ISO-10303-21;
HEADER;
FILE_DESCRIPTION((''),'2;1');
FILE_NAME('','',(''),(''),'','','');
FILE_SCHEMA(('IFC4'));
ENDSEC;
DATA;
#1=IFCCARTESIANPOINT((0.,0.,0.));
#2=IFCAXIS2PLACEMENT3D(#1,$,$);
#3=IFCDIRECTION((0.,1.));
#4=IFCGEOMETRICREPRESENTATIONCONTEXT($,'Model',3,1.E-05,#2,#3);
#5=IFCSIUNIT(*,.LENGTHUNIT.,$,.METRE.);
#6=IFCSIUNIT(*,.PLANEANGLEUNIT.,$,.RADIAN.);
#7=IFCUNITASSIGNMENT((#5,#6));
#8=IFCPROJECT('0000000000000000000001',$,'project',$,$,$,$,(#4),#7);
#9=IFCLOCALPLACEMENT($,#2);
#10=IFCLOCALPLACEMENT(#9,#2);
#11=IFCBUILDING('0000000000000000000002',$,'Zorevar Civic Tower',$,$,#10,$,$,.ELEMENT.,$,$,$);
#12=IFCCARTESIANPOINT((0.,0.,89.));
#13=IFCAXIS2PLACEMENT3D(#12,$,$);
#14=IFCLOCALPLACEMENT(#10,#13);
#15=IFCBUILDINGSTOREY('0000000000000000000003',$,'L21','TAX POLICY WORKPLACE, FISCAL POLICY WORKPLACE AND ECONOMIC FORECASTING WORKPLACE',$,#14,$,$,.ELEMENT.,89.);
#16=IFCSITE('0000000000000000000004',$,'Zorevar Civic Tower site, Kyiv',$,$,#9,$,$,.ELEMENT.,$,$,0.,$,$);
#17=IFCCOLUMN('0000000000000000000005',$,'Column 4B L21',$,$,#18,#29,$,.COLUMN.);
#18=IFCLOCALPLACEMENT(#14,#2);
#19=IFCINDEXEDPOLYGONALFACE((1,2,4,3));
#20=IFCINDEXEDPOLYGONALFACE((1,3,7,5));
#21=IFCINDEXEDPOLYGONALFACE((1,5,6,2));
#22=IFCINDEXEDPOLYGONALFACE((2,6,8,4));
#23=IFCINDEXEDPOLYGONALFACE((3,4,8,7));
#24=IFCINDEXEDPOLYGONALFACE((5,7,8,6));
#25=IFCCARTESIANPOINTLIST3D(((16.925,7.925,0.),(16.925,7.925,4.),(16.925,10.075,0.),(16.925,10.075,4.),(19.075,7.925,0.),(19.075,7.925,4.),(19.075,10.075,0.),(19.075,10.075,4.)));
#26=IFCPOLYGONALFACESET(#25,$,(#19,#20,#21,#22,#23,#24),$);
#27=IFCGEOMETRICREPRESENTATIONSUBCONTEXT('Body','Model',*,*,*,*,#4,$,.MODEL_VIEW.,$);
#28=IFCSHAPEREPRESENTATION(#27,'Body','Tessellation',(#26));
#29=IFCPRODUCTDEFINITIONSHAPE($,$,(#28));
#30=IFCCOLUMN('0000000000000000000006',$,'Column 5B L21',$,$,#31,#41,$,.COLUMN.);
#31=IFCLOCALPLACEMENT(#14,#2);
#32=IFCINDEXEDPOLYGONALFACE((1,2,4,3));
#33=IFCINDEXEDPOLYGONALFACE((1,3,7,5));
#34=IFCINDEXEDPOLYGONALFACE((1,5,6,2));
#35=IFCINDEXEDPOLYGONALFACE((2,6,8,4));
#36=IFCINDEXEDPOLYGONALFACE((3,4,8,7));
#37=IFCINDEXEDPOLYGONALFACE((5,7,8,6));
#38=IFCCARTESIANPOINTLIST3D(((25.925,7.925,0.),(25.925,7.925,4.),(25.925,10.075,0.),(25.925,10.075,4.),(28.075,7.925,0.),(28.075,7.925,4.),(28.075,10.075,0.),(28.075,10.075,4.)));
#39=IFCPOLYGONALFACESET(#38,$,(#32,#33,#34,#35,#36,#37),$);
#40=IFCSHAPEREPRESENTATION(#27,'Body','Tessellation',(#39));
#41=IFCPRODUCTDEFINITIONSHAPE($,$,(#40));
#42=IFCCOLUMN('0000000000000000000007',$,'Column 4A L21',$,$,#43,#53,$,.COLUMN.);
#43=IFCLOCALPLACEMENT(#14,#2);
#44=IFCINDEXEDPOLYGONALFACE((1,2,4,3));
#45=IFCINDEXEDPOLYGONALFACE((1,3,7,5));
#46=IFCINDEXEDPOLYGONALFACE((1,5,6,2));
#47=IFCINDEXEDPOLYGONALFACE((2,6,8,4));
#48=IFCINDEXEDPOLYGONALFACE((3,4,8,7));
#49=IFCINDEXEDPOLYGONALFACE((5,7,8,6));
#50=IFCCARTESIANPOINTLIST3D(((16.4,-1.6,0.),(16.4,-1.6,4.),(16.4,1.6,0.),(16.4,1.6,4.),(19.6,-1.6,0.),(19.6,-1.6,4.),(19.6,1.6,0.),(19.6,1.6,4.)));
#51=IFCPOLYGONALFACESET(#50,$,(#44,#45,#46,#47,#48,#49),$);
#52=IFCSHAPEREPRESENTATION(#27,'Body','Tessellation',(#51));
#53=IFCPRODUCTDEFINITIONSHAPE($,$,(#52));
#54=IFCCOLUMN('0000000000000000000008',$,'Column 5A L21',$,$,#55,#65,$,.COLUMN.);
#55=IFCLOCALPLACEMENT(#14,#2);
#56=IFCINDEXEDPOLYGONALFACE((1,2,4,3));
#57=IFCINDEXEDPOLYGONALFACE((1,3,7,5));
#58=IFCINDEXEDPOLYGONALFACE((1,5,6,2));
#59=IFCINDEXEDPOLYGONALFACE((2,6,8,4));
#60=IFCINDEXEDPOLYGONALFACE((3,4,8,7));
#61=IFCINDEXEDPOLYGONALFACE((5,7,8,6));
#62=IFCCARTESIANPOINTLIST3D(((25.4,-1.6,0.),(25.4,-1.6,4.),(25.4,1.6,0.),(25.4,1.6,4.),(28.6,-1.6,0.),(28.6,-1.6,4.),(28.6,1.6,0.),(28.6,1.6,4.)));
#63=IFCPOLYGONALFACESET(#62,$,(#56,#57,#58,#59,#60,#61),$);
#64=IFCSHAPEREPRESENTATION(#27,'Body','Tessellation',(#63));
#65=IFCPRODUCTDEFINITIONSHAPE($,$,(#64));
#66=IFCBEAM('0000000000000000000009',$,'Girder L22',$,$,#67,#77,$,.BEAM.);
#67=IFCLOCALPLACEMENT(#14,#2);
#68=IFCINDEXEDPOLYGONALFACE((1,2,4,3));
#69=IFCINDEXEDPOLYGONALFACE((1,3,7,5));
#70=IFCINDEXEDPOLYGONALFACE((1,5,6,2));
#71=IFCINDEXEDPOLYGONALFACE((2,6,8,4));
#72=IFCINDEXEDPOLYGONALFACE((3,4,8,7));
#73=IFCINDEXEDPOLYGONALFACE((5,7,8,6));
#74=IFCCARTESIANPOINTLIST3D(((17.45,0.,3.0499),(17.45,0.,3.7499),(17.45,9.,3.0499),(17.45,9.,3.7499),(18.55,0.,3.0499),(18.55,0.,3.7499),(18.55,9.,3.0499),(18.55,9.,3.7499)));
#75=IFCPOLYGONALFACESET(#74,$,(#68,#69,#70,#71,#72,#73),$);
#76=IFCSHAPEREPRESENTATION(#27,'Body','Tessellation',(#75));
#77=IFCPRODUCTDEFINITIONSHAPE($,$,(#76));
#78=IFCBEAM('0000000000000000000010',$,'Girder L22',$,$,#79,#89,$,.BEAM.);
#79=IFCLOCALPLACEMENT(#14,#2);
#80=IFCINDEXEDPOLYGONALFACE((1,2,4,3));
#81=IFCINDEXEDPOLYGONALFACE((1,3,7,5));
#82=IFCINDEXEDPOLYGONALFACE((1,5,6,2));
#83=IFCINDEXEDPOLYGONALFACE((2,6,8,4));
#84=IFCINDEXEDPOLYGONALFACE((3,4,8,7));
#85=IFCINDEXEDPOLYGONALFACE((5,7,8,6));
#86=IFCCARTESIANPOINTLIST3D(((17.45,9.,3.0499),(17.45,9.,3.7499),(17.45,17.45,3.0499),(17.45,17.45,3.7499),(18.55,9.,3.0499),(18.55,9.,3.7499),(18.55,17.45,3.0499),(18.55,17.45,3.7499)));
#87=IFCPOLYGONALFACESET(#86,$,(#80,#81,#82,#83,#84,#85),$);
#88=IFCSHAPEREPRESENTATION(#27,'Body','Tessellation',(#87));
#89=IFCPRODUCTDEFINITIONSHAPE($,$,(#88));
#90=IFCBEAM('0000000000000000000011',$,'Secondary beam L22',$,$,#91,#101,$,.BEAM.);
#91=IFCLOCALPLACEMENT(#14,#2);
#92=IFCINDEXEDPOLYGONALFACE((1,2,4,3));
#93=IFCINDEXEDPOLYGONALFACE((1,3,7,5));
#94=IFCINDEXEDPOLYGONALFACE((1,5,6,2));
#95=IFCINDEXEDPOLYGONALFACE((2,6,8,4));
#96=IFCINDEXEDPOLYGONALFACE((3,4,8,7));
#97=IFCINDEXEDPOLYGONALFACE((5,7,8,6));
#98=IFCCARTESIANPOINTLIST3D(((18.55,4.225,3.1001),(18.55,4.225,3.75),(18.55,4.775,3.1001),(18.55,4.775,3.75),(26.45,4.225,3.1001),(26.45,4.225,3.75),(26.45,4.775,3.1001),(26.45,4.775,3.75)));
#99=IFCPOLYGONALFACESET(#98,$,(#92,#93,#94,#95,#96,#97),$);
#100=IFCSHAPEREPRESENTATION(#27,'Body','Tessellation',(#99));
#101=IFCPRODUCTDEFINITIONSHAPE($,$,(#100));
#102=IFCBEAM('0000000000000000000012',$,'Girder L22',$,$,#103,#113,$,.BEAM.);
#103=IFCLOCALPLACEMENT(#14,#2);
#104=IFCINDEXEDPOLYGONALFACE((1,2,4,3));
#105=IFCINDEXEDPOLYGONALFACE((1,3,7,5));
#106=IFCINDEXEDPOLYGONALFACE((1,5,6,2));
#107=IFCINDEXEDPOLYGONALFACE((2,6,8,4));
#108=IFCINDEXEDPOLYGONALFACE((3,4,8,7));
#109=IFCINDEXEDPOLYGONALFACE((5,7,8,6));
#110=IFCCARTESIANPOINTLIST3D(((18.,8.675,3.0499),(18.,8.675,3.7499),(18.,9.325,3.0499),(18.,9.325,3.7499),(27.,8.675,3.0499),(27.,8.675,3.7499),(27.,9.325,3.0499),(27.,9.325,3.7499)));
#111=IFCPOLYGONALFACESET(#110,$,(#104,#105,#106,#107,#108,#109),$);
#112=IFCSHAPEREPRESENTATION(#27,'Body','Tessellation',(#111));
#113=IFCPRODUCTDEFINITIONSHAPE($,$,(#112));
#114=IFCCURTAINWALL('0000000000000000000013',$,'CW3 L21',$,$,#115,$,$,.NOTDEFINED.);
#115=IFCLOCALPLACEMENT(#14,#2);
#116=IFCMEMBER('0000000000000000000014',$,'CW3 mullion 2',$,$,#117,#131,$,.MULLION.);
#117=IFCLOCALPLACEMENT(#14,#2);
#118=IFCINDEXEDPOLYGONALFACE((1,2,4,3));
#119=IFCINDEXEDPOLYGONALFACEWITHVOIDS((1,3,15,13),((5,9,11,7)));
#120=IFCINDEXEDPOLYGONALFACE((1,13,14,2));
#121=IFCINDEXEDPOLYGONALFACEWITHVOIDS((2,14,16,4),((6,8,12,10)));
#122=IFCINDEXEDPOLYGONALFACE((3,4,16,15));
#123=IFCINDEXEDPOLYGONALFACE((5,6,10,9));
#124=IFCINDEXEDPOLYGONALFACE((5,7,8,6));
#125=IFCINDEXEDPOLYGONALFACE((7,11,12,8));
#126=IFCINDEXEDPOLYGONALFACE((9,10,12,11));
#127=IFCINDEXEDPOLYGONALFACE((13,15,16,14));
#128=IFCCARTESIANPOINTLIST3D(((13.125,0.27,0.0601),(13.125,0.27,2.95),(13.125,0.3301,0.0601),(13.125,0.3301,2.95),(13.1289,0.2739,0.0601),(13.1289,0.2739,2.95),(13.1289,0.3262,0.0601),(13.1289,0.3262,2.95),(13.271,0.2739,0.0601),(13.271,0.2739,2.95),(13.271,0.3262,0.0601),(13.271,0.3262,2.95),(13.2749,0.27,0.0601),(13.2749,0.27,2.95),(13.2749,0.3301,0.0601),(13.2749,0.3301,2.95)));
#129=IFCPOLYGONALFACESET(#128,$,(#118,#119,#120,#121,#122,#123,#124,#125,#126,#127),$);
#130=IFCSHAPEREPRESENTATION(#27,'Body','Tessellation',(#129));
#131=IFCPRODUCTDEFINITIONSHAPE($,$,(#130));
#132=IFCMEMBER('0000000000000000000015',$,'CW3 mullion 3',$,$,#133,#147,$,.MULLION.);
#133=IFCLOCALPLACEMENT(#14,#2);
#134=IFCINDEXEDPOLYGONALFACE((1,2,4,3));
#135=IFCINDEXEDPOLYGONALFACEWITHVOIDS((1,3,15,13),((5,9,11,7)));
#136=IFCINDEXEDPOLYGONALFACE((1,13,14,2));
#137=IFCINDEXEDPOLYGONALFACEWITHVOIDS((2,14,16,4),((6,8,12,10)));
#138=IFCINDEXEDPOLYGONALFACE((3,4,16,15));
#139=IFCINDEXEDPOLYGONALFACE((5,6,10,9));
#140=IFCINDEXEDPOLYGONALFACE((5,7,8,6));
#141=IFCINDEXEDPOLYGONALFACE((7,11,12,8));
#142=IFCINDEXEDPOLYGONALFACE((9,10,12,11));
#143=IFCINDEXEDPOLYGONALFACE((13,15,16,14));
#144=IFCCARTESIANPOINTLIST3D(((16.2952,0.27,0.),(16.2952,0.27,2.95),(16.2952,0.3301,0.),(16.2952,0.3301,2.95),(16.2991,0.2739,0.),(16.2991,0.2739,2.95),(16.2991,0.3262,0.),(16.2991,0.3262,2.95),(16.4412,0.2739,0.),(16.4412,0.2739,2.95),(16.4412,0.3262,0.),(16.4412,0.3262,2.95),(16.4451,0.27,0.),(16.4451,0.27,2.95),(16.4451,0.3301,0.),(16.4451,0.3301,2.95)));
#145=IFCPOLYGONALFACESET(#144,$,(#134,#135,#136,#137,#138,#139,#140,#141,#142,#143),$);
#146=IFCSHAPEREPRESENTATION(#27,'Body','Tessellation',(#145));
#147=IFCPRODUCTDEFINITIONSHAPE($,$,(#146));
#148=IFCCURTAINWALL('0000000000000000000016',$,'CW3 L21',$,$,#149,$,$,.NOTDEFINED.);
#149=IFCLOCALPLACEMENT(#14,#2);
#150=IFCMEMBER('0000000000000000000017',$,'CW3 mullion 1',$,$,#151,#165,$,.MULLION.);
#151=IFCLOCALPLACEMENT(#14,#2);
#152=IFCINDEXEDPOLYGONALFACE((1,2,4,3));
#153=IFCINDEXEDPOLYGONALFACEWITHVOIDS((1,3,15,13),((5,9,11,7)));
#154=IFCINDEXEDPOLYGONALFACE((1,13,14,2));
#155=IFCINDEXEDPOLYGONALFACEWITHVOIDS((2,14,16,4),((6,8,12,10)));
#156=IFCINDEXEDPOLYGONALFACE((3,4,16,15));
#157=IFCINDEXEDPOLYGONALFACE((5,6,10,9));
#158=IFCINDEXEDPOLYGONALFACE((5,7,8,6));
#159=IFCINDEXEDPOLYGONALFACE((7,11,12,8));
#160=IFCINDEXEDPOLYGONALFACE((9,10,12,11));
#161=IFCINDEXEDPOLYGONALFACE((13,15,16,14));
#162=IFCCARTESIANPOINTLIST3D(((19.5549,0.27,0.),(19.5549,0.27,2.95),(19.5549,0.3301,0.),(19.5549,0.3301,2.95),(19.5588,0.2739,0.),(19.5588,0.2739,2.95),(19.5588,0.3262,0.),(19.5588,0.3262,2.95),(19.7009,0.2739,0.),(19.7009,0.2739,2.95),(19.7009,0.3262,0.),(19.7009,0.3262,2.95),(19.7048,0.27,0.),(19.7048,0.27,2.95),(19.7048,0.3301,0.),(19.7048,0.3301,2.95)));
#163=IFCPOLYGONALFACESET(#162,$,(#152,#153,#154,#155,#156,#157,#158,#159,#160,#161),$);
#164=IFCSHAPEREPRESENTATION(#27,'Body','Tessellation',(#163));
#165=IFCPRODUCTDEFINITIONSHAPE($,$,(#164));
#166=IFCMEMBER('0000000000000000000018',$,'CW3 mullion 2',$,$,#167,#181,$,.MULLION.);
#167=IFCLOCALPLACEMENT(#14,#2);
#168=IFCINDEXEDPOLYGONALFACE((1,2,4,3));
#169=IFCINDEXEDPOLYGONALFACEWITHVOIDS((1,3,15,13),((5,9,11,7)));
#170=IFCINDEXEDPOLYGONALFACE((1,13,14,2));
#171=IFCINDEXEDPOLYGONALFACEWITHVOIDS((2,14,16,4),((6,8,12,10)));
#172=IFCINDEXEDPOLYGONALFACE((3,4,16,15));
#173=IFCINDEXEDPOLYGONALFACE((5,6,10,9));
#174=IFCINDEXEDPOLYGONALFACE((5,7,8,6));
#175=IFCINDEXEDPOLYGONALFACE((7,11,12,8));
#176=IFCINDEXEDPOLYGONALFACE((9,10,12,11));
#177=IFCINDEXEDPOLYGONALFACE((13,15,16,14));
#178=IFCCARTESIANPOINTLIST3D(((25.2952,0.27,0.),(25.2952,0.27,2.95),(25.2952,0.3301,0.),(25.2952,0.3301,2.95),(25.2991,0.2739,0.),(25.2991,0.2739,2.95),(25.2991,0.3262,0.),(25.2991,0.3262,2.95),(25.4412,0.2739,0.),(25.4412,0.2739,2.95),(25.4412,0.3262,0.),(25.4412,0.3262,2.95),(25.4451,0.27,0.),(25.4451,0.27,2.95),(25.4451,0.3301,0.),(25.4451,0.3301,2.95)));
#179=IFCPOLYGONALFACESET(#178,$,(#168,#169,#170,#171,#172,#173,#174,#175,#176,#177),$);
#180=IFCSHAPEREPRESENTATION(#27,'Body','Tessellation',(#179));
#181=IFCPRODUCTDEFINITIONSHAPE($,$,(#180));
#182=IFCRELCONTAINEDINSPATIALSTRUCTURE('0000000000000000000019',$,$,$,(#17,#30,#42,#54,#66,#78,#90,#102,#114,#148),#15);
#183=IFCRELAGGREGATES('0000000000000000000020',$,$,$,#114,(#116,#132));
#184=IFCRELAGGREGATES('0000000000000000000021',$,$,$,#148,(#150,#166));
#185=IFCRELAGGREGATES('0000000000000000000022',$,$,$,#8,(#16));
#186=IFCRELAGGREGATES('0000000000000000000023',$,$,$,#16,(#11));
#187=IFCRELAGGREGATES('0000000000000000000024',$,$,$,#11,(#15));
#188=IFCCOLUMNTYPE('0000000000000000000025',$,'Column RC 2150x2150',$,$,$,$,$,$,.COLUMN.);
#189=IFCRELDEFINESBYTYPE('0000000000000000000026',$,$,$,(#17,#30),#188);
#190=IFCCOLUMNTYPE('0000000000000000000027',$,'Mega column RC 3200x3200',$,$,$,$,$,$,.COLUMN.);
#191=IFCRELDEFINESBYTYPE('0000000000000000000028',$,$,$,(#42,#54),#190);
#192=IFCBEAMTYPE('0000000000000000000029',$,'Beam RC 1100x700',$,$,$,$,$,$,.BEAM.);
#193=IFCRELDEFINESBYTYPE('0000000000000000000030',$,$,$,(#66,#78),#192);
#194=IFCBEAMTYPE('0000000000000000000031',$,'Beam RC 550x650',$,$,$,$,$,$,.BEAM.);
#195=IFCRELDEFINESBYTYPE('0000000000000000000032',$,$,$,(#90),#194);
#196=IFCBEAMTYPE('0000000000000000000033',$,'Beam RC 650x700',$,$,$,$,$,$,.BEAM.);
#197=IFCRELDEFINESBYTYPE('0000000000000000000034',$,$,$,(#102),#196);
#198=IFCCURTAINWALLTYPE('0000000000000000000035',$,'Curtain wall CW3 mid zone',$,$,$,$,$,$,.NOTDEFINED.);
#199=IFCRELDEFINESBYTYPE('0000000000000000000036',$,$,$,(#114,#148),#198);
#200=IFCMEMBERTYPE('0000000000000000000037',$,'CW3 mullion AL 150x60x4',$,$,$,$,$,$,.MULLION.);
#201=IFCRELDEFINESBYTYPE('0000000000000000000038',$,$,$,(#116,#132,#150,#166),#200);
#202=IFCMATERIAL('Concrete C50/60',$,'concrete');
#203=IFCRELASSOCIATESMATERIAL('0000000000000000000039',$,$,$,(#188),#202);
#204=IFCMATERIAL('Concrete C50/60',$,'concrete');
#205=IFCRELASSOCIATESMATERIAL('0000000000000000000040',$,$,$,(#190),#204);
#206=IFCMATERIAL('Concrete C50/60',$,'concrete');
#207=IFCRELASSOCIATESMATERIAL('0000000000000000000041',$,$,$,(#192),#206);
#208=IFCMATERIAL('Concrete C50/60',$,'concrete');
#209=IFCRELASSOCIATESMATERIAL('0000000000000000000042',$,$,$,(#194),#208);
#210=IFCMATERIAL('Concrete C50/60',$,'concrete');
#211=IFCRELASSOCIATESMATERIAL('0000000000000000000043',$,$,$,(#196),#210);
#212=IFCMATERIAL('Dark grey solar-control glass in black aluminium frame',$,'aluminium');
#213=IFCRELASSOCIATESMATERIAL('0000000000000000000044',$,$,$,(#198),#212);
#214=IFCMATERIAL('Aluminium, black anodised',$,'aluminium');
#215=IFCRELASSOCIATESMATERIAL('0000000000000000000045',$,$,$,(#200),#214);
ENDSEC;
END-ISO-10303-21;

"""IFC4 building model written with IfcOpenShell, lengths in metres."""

from ifc_helpers import new_model, si_unit, direction, frame, origin, origin_2d, place, context, subcontext, project, spatial, rectangle, hollow_rectangle, extrude, material, material_profile, profile_set, type_object, element, aggregate, save


model = new_model("IFC4")

# Units and contexts
model_context = context("Model", 3, precision=1e-05, world=origin(), true_north=direction((0.0, 1.0)))
body_context = subcontext(model_context, "Body", "Model", "MODEL_VIEW")
ifc_project = project(units=[si_unit("LENGTHUNIT", "METRE"), si_unit("PLANEANGLEUNIT", "RADIAN")], contexts=[model_context])

# Site, building, storey
site_placement = place(None, origin())
site = spatial("IfcSite", under=ifc_project, at=site_placement, Name="Zorevar Civic Tower site, Kyiv", CompositionType="ELEMENT", RefElevation=0.0)
building_placement = place(site_placement, origin())
building = spatial("IfcBuilding", under=site, at=building_placement, Name="Zorevar Civic Tower", CompositionType="ELEMENT")
storey_placement = place(building_placement, frame((0.0, 0.0, 89.0)))
storey = spatial("IfcBuildingStorey", under=building, at=storey_placement, Name="L21", Description="TAX POLICY WORKPLACE, FISCAL POLICY WORKPLACE AND ECONOMIC FORECASTING WORKPLACE", CompositionType="ELEMENT", Elevation=89.0)

# Columns
ifc_material_1 = material(Name="Concrete C50/60", Category="concrete")
ifc_material_profile_1 = material_profile(ifc_material_1, rectangle(XDim=2.1499, YDim=2.1499, at=origin_2d()), Name="RC 2150x2150")
ifc_profile_set_1 = profile_set([ifc_material_profile_1], Name="Concrete C50/60")
column_type_1 = type_object("IfcColumnType", Name="Column RC 2150x2150", PredefinedType="COLUMN", material=ifc_profile_set_1)
for number, where, z_axis, x_axis, name in (
    (1, (18.0, 9.0, 0.0), (0.0, 0.0, 1.0), (1.0, 0.0, 0.0), "Column 4B L21"),
    (2, (27.0, 9.0, 0.0), (0.0, 0.0, 1.0), (1.0, 0.0, 0.0), "Column 5B L21"),
):
    element("IfcColumn", number, at=place(storey_placement, frame(where, z_axis=z_axis, x_axis=x_axis)), inside=storey, type_object=column_type_1, Name=name, PredefinedType="COLUMN", context=body_context, shape_type="SweptSolid", body=[
        extrude(rectangle(XDim=2.1499, YDim=2.1499, at=origin_2d()), origin(), (0.0, 0.0, 1.0), 4.0),
    ])
ifc_material_2 = material(Name="Concrete C50/60", Category="concrete")
ifc_material_profile_2 = material_profile(ifc_material_2, rectangle(XDim=3.2, YDim=3.2, at=origin_2d()), Name="RC 3200x3200")
ifc_profile_set_2 = profile_set([ifc_material_profile_2], Name="Concrete C50/60")
column_type_2 = type_object("IfcColumnType", Name="Mega column RC 3200x3200", PredefinedType="COLUMN", material=ifc_profile_set_2)
for number, where, z_axis, x_axis, name in (
    (3, (18.0, 0.0, 0.0), (0.0, 0.0, 1.0), (1.0, 0.0, 0.0), "Column 4A L21"),
    (4, (27.0, 0.0, 0.0), (0.0, 0.0, 1.0), (1.0, 0.0, 0.0), "Column 5A L21"),
):
    element("IfcColumn", number, at=place(storey_placement, frame(where, z_axis=z_axis, x_axis=x_axis)), inside=storey, type_object=column_type_2, Name=name, PredefinedType="COLUMN", context=body_context, shape_type="SweptSolid", body=[
        extrude(rectangle(XDim=3.2, YDim=3.2, at=origin_2d()), origin(), (0.0, 0.0, 1.0), 4.0),
    ])

# Beams
ifc_material_3 = material(Name="Concrete C50/60", Category="concrete")
ifc_material_profile_3 = material_profile(ifc_material_3, rectangle(XDim=1.1001, YDim=0.7, at=origin_2d()), Name="RC 1100x700")
ifc_profile_set_3 = profile_set([ifc_material_profile_3], Name="Concrete C50/60")
beam_type_1 = type_object("IfcBeamType", Name="Beam RC 1100x700", PredefinedType="BEAM", material=ifc_profile_set_3)
beam_1_placement = place(storey_placement, frame((18.0, 0.0, 3.3999), z_axis=(0.0, 1.0, 0.0), x_axis=(-1.0, 0.0, 0.0)))
element("IfcBeam", 5, at=beam_1_placement, inside=storey, type_object=beam_type_1, Name="Girder L22", PredefinedType="BEAM", context=body_context, shape_type="SweptSolid", body=[
    extrude(rectangle(XDim=1.1001, YDim=0.7, at=origin_2d()), origin(), (0.0, 0.0, 1.0), 9.0),
])
beam_2_placement = place(storey_placement, frame((18.0, 9.0, 3.3999), z_axis=(0.0, 1.0, 0.0), x_axis=(-1.0, 0.0, 0.0)))
element("IfcBeam", 6, at=beam_2_placement, inside=storey, type_object=beam_type_1, Name="Girder L22", PredefinedType="BEAM", context=body_context, shape_type="SweptSolid", body=[
    extrude(rectangle(XDim=1.1001, YDim=0.7, at=origin_2d()), origin(), (0.0, 0.0, 1.0), 8.45),
])
ifc_material_4 = material(Name="Concrete C50/60", Category="concrete")
ifc_material_profile_4 = material_profile(ifc_material_4, rectangle(XDim=0.55, YDim=0.6499, at=origin_2d()), Name="RC 550x650")
ifc_profile_set_4 = profile_set([ifc_material_profile_4], Name="Concrete C50/60")
beam_type_2 = type_object("IfcBeamType", Name="Beam RC 550x650", PredefinedType="BEAM", material=ifc_profile_set_4)
beam_3_placement = place(storey_placement, frame((18.55, 4.5, 3.425), z_axis=(1.0, 0.0, 0.0), x_axis=(0.0, 1.0, 0.0)))
element("IfcBeam", 7, at=beam_3_placement, inside=storey, type_object=beam_type_2, Name="Secondary beam L22", PredefinedType="BEAM", context=body_context, shape_type="SweptSolid", body=[
    extrude(rectangle(XDim=0.55, YDim=0.6499, at=origin_2d()), origin(), (0.0, 0.0, 1.0), 7.8999),
])
ifc_material_5 = material(Name="Concrete C50/60", Category="concrete")
ifc_material_profile_5 = material_profile(ifc_material_5, rectangle(XDim=0.6499, YDim=0.7, at=origin_2d()), Name="RC 650x700")
ifc_profile_set_5 = profile_set([ifc_material_profile_5], Name="Concrete C50/60")
beam_type_3 = type_object("IfcBeamType", Name="Beam RC 650x700", PredefinedType="BEAM", material=ifc_profile_set_5)
beam_4_placement = place(storey_placement, frame((18.0, 9.0, 3.3999), z_axis=(1.0, 0.0, 0.0), x_axis=(0.0, 1.0, 0.0)))
element("IfcBeam", 8, at=beam_4_placement, inside=storey, type_object=beam_type_3, Name="Girder L22", PredefinedType="BEAM", context=body_context, shape_type="SweptSolid", body=[
    extrude(rectangle(XDim=0.6499, YDim=0.7, at=origin_2d()), origin(), (0.0, 0.0, 1.0), 9.0),
])

# Curtain walls, members
ifc_material_6 = material(Name="Dark grey solar-control glass in black aluminium frame", Category="aluminium")
curtain_wall_type = type_object("IfcCurtainWallType", Name="Curtain wall CW3 mid zone", PredefinedType="NOTDEFINED", material=ifc_material_6)
curtain_wall_1_placement = place(storey_placement, origin())
curtain_wall_1 = element("IfcCurtainWall", 9, at=curtain_wall_1_placement, inside=storey, type_object=curtain_wall_type, Name="CW3 L21", PredefinedType="NOTDEFINED")
ifc_material_7 = material(Name="Aluminium, black anodised", Category="aluminium")
ifc_material_profile_6 = material_profile(ifc_material_7, hollow_rectangle(XDim=0.0601, YDim=0.1499, WallThickness=0.0039, at=origin_2d()), Name="AL 150x60x4")
ifc_profile_set_6 = profile_set([ifc_material_profile_6], Name="Aluminium, black anodised")
member_type_1 = type_object("IfcMemberType", Name="CW3 mullion AL 150x60x4", PredefinedType="MULLION", material=ifc_profile_set_6)
member_1_placement = place(storey_placement, frame((13.2, 0.3, 0.0601), z_axis=(0.0, 0.0, 1.0), x_axis=(0.0, 1.0, 0.0)))
member_1 = element("IfcMember", 10, at=member_1_placement, type_object=member_type_1, Name="CW3 mullion 2", PredefinedType="MULLION", context=body_context, shape_type="SweptSolid", body=[
    extrude(hollow_rectangle(XDim=0.0601, YDim=0.1499, WallThickness=0.0039, at=origin_2d()), origin(), (0.0, 0.0, 1.0), 2.8899),
])
member_2_placement = place(storey_placement, frame((16.3701, 0.3, 0.0), z_axis=(0.0, 0.0, 1.0), x_axis=(0.0, 1.0, 0.0)))
member_2 = element("IfcMember", 11, at=member_2_placement, type_object=member_type_1, Name="CW3 mullion 3", PredefinedType="MULLION", context=body_context, shape_type="SweptSolid", body=[
    extrude(hollow_rectangle(XDim=0.0601, YDim=0.1499, WallThickness=0.0039, at=origin_2d()), origin(), (0.0, 0.0, 1.0), 2.95),
])
curtain_wall_2_placement = place(storey_placement, origin())
curtain_wall_2 = element("IfcCurtainWall", 12, at=curtain_wall_2_placement, inside=storey, type_object=curtain_wall_type, Name="CW3 L21", PredefinedType="NOTDEFINED")
member_3_placement = place(storey_placement, frame((19.6299, 0.3, 0.0), z_axis=(0.0, 0.0, 1.0), x_axis=(0.0, 1.0, 0.0)))
member_3 = element("IfcMember", 13, at=member_3_placement, type_object=member_type_1, Name="CW3 mullion 1", PredefinedType="MULLION", context=body_context, shape_type="SweptSolid", body=[
    extrude(hollow_rectangle(XDim=0.0601, YDim=0.1499, WallThickness=0.0039, at=origin_2d()), origin(), (0.0, 0.0, 1.0), 2.95),
])
member_4_placement = place(storey_placement, frame((25.3701, 0.3, 0.0), z_axis=(0.0, 0.0, 1.0), x_axis=(0.0, 1.0, 0.0)))
member_4 = element("IfcMember", 14, at=member_4_placement, type_object=member_type_1, Name="CW3 mullion 2", PredefinedType="MULLION", context=body_context, shape_type="SweptSolid", body=[
    extrude(hollow_rectangle(XDim=0.0601, YDim=0.1499, WallThickness=0.0039, at=origin_2d()), origin(), (0.0, 0.0, 1.0), 2.95),
])

aggregate(curtain_wall_1, [member_1, member_2])
aggregate(curtain_wall_2, [member_3, member_4])

save(model, "model.ifc")
